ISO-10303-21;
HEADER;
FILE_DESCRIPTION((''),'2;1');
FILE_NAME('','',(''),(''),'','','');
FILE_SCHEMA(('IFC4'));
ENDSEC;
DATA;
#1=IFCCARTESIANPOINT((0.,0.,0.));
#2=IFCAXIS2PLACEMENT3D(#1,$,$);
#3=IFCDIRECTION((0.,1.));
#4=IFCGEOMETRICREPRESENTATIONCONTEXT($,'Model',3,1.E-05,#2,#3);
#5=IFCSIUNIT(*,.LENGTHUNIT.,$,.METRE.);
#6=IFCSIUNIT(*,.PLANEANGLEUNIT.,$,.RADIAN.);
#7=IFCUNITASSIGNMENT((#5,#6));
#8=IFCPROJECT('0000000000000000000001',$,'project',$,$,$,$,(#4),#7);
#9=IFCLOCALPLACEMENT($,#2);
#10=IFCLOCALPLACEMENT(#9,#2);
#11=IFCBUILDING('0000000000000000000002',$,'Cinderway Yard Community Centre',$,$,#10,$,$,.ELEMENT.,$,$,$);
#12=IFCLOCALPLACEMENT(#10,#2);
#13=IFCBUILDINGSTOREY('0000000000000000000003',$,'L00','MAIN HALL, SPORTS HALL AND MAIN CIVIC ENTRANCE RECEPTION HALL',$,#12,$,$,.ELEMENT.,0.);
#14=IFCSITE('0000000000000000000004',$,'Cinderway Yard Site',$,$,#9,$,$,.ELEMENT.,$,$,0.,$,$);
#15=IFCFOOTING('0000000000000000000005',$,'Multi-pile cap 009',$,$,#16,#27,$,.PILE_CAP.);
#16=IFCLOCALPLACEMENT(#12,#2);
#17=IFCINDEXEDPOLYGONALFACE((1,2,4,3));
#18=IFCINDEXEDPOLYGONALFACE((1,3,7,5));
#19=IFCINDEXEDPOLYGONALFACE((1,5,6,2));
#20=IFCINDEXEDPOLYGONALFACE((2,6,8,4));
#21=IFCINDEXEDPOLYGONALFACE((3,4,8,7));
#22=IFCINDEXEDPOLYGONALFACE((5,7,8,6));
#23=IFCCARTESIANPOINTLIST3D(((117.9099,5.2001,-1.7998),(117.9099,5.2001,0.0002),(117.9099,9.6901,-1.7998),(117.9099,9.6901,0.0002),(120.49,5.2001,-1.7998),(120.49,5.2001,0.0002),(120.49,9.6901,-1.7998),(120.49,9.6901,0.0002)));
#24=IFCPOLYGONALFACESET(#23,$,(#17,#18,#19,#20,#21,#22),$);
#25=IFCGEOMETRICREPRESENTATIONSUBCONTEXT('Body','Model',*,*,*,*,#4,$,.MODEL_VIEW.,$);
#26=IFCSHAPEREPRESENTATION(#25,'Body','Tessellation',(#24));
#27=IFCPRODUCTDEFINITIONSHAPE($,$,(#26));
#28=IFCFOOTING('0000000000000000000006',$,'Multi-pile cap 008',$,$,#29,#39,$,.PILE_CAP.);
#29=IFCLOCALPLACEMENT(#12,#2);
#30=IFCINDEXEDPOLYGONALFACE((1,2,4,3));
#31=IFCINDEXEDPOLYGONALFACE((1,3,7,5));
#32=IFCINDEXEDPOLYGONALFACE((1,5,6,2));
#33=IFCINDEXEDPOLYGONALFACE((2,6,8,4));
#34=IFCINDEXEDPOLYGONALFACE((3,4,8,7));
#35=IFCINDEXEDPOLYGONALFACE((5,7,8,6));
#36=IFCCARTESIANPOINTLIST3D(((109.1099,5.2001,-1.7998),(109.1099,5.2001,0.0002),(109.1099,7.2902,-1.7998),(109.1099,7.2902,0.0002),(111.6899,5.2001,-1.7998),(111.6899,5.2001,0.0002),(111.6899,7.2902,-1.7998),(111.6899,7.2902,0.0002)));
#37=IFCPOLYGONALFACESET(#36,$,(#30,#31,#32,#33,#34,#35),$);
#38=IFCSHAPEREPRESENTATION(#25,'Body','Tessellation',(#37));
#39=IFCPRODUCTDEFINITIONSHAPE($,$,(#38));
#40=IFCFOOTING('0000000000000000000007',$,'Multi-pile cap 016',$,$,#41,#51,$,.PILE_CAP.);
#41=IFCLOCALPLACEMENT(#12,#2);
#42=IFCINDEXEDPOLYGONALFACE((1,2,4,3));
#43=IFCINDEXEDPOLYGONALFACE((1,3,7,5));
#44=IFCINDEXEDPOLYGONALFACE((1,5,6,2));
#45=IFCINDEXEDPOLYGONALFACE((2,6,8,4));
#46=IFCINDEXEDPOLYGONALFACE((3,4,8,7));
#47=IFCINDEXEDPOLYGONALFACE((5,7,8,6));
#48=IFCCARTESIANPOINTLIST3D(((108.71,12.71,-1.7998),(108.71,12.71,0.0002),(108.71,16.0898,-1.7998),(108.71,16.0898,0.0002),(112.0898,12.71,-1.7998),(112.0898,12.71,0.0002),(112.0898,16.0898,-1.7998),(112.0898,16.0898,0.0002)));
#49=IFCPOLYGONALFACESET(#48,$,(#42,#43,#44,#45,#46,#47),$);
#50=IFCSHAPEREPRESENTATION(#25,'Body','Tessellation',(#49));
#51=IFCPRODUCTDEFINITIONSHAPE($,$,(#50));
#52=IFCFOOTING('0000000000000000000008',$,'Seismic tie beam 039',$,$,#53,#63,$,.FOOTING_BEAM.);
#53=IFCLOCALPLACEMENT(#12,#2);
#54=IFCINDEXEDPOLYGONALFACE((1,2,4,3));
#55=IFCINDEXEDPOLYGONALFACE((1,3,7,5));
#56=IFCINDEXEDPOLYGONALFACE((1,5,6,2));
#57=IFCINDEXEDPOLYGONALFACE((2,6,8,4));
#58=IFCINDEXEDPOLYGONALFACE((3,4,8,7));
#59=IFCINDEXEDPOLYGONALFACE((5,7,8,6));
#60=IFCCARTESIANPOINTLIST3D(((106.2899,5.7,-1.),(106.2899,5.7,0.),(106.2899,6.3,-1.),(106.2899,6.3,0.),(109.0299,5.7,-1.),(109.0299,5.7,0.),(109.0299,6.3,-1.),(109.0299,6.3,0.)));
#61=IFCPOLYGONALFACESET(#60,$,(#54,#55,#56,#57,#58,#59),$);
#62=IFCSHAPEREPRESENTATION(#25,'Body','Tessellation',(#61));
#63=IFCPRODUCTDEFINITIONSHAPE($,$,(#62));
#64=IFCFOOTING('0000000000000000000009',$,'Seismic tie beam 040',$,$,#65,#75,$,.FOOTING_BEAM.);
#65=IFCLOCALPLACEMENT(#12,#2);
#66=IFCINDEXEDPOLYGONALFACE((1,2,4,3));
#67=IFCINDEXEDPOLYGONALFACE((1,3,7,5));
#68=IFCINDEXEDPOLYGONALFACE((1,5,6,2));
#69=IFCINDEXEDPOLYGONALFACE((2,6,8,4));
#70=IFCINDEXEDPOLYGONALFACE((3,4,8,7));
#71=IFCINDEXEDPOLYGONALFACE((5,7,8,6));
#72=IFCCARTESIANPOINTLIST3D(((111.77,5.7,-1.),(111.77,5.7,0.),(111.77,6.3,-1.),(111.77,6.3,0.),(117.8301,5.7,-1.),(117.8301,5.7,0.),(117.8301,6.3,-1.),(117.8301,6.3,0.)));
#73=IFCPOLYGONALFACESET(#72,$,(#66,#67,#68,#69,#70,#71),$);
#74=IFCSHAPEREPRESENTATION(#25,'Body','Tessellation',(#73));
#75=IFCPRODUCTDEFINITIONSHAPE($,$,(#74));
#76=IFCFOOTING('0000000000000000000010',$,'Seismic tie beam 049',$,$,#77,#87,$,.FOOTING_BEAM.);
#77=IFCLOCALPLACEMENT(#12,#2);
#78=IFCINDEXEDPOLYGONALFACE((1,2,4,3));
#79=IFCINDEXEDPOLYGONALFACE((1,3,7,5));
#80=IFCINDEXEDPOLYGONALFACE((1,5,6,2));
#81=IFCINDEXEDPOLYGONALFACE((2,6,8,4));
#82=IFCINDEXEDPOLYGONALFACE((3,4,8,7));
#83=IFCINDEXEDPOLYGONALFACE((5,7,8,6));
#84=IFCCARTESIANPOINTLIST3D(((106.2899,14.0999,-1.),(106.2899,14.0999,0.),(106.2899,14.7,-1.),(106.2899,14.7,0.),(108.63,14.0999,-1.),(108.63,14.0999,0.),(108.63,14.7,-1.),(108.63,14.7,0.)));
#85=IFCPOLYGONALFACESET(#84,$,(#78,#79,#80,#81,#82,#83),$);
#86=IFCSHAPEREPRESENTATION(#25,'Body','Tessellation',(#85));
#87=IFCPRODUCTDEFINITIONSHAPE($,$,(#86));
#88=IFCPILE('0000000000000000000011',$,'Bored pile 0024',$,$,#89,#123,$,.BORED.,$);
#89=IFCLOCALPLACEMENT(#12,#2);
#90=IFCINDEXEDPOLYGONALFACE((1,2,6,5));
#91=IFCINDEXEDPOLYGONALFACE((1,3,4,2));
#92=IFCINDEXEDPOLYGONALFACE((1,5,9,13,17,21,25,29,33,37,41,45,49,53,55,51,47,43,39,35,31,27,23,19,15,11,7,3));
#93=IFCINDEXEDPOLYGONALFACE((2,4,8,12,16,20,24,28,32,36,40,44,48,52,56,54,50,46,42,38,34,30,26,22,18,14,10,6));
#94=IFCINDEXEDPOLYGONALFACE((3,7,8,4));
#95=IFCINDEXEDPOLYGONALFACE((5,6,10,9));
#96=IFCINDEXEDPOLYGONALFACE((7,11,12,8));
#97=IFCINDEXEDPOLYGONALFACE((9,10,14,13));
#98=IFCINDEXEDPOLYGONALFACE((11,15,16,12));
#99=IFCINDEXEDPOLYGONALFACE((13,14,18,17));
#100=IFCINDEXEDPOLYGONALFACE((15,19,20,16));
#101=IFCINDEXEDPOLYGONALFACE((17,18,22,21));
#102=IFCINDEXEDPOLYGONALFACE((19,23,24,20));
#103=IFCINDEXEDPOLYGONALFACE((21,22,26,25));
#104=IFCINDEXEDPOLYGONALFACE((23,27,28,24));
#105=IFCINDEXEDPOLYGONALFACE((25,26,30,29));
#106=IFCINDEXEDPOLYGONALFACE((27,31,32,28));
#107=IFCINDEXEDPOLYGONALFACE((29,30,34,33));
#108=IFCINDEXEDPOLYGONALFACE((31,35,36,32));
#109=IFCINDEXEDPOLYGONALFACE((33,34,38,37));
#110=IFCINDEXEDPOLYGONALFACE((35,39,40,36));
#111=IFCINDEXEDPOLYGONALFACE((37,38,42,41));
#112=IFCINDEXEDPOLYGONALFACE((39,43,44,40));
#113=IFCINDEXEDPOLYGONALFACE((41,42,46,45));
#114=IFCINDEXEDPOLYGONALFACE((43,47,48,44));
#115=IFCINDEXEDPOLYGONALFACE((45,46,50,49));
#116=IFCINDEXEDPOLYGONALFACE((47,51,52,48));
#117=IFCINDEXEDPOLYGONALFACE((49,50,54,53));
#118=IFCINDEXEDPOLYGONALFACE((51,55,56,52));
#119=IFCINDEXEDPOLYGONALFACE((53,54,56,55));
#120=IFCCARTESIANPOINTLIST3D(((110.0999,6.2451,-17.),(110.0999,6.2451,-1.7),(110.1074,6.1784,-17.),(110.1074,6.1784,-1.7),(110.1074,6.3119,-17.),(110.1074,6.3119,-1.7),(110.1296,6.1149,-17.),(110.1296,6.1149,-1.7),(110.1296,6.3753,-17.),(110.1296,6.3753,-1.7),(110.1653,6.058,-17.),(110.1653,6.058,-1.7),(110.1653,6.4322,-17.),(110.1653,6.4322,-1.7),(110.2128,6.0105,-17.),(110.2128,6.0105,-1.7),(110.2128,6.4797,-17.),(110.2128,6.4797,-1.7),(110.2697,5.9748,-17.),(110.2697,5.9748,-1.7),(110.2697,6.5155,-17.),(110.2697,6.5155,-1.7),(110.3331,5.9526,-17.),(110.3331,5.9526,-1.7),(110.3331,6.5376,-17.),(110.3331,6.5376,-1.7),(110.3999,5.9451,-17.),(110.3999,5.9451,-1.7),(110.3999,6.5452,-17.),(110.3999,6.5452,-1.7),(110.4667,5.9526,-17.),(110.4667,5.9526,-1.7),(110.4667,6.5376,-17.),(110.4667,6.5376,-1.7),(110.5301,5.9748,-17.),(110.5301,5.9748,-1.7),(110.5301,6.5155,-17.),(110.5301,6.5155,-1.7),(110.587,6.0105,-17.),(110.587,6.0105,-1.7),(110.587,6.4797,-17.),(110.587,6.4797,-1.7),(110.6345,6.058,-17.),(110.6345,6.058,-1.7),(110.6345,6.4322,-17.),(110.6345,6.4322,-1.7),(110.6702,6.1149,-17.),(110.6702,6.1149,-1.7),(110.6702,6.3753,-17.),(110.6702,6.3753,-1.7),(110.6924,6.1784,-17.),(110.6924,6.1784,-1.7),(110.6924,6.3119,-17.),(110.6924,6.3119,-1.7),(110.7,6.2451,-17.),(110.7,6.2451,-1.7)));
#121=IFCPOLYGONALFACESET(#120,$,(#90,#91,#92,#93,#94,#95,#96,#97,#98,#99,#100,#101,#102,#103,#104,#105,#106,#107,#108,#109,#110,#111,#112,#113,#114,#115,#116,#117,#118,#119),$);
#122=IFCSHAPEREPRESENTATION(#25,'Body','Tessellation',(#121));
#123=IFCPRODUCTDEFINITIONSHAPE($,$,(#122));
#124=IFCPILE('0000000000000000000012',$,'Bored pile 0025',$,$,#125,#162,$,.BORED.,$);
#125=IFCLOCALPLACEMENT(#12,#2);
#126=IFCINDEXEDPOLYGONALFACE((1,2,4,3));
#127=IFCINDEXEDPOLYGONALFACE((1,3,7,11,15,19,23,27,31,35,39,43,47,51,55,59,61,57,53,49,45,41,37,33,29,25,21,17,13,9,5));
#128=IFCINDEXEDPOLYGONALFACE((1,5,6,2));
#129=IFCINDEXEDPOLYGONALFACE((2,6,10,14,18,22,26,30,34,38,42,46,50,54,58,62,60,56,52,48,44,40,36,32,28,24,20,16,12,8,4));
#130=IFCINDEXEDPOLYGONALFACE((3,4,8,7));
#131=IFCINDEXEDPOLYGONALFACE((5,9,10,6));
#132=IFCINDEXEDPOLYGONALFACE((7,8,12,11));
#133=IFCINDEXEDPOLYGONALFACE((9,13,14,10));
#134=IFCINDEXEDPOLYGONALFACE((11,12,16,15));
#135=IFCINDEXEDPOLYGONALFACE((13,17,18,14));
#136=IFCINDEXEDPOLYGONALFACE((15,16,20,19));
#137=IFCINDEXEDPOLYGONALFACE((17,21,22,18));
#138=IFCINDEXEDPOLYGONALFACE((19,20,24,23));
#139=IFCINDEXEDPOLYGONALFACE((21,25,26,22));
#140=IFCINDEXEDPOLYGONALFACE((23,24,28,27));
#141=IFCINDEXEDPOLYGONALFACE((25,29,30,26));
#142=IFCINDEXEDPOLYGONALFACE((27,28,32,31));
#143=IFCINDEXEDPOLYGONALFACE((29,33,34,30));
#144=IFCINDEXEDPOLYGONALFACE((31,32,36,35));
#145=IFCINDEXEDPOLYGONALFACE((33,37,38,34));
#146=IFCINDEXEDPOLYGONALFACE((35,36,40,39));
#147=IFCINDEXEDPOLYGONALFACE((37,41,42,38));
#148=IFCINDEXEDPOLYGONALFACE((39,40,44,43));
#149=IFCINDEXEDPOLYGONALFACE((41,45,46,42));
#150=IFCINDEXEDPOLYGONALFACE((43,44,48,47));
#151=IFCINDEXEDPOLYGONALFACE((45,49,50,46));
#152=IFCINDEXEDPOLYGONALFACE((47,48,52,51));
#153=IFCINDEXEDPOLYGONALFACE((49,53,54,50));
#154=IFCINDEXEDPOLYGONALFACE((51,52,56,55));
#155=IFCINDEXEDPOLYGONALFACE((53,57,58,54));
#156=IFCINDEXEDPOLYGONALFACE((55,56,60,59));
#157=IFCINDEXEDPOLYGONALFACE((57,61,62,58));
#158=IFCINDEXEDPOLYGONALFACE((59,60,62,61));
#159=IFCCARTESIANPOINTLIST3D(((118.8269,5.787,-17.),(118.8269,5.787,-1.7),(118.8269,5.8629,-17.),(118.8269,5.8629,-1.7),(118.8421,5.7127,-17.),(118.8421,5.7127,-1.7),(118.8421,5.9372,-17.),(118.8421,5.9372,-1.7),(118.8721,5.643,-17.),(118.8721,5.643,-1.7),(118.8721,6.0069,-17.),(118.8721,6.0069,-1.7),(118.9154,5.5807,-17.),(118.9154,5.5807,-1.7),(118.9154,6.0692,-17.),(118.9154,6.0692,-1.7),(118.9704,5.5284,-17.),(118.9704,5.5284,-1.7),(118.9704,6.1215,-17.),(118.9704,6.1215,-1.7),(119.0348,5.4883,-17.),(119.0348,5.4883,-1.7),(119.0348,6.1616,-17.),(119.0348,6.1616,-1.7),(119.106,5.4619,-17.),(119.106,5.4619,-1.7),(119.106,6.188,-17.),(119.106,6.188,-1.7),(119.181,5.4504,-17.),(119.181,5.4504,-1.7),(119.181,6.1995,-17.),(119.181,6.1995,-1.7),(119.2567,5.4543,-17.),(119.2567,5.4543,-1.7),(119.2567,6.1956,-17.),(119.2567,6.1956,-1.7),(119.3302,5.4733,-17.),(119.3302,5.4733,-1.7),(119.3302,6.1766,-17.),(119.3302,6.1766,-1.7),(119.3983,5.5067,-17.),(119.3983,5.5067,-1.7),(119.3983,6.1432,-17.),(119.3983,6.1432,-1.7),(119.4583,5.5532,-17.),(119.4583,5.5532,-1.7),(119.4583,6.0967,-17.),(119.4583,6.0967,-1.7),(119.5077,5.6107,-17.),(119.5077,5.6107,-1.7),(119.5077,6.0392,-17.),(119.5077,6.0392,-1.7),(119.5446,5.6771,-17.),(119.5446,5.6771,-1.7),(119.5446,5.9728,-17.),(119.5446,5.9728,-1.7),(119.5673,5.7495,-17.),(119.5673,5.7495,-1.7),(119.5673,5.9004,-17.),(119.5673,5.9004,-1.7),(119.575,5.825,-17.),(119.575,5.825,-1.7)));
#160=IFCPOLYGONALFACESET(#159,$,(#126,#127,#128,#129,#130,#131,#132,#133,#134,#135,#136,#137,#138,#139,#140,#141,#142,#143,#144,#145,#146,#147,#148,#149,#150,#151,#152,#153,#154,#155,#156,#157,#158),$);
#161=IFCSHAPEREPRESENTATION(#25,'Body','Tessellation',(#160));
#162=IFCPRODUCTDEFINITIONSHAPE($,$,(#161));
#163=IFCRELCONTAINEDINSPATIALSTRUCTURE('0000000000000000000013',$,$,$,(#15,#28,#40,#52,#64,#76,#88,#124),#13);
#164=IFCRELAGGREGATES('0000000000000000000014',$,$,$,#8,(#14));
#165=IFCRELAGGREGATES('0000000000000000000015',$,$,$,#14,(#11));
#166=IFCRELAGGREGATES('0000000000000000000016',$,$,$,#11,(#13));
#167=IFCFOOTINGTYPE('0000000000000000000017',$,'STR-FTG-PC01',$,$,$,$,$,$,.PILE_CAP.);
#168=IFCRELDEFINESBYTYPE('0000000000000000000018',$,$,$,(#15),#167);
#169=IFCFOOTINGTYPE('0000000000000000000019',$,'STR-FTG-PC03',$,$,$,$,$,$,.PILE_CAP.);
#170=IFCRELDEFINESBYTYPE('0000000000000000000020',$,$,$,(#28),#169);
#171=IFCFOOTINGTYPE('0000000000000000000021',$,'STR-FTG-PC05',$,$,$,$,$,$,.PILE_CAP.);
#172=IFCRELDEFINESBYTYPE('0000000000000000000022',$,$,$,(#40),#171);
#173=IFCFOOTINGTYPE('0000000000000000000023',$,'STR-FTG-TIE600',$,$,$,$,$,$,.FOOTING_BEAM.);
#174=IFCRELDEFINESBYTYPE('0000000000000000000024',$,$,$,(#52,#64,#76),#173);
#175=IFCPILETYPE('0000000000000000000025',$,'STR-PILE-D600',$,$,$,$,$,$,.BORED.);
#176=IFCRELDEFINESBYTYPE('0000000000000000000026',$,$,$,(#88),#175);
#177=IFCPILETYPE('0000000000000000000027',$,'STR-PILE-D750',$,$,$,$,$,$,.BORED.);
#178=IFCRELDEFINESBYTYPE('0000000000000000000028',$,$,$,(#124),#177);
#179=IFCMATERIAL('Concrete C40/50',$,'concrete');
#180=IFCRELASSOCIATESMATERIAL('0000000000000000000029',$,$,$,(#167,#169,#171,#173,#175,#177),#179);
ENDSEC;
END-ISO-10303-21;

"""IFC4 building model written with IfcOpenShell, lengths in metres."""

from ifc_helpers import new_model, si_unit, direction, frame, origin, origin_2d, place, context, subcontext, project, spatial, rectangle, circle, extrude, material, material_profile, profile_set, type_object, element, save


model = new_model("IFC4")

# Units and contexts
model_context = context("Model", 3, precision=1e-05, world=origin(), true_north=direction((0.0, 1.0)))
body_context = subcontext(model_context, "Body", "Model", "MODEL_VIEW")
ifc_project = project(units=[si_unit("LENGTHUNIT", "METRE"), si_unit("PLANEANGLEUNIT", "RADIAN")], contexts=[model_context])

# Site, building, storey
site_placement = place(None, origin())
site = spatial("IfcSite", under=ifc_project, at=site_placement, Name="Cinderway Yard Site", CompositionType="ELEMENT", RefElevation=0.0)
building_placement = place(site_placement, origin())
building = spatial("IfcBuilding", under=site, at=building_placement, Name="Cinderway Yard Community Centre", CompositionType="ELEMENT")
storey_placement = place(building_placement, origin())
storey = spatial("IfcBuildingStorey", under=building, at=storey_placement, Name="L00", Description="MAIN HALL, SPORTS HALL AND MAIN CIVIC ENTRANCE RECEPTION HALL", CompositionType="ELEMENT", Elevation=0.0)

# Footings
ifc_material_1 = material(Name="Concrete C40/50", Category="concrete")
footing_type_1 = type_object("IfcFootingType", Name="STR-FTG-PC01", PredefinedType="PILE_CAP", material=ifc_material_1)
footing_1_placement = place(storey_placement, frame((119.2, 7.4451, -1.7998), z_axis=(0.0, 0.0, 1.0), x_axis=(1.0, 0.0, 0.0)))
element("IfcFooting", 1, at=footing_1_placement, inside=storey, type_object=footing_type_1, Name="Multi-pile cap 009", PredefinedType="PILE_CAP", context=body_context, shape_type="SweptSolid", body=[
    extrude(rectangle(XDim=2.5801, YDim=4.49, at=origin_2d()), origin(), (0.0, 0.0, 1.0), 1.8),
])
footing_type_2 = type_object("IfcFootingType", Name="STR-FTG-PC03", PredefinedType="PILE_CAP", material=ifc_material_1)
footing_2_placement = place(storey_placement, frame((110.3999, 6.2451, -1.7998), z_axis=(0.0, 0.0, 1.0), x_axis=(1.0, 0.0, 0.0)))
element("IfcFooting", 2, at=footing_2_placement, inside=storey, type_object=footing_type_2, Name="Multi-pile cap 008", PredefinedType="PILE_CAP", context=body_context, shape_type="SweptSolid", body=[
    extrude(rectangle(XDim=2.5801, YDim=2.0901, at=origin_2d()), origin(), (0.0, 0.0, 1.0), 1.8),
])
footing_type_3 = type_object("IfcFootingType", Name="STR-FTG-PC05", PredefinedType="PILE_CAP", material=ifc_material_1)
footing_3_placement = place(storey_placement, frame((110.3999, 14.3999, -1.7998), z_axis=(0.0, 0.0, 1.0), x_axis=(1.0, 0.0, 0.0)))
element("IfcFooting", 3, at=footing_3_placement, inside=storey, type_object=footing_type_3, Name="Multi-pile cap 016", PredefinedType="PILE_CAP", context=body_context, shape_type="SweptSolid", body=[
    extrude(rectangle(XDim=3.3799, YDim=3.3799, at=origin_2d()), origin(), (0.0, 0.0, 1.0), 1.8),
])
footing_type_4 = type_object("IfcFootingType", Name="STR-FTG-TIE600", PredefinedType="FOOTING_BEAM", material=ifc_material_1)
footing_4_placement = place(storey_placement, frame((107.6599, 6.0, -1.0), z_axis=(0.0, 0.0, 1.0), x_axis=(1.0, 0.0, 0.0)))
element("IfcFooting", 4, at=footing_4_placement, inside=storey, type_object=footing_type_4, Name="Seismic tie beam 039", PredefinedType="FOOTING_BEAM", context=body_context, shape_type="SweptSolid", body=[
    extrude(rectangle(XDim=2.74, YDim=0.6001, at=origin_2d()), origin(), (0.0, 0.0, 1.0), 1.0),
])
footing_5_placement = place(storey_placement, frame((114.8, 6.0, -1.0), z_axis=(0.0, 0.0, 1.0), x_axis=(1.0, 0.0, 0.0)))
element("IfcFooting", 5, at=footing_5_placement, inside=storey, type_object=footing_type_4, Name="Seismic tie beam 040", PredefinedType="FOOTING_BEAM", context=body_context, shape_type="SweptSolid", body=[
    extrude(rectangle(XDim=6.0601, YDim=0.6001, at=origin_2d()), origin(), (0.0, 0.0, 1.0), 1.0),
])
footing_6_placement = place(storey_placement, frame((107.46, 14.3999, -1.0), z_axis=(0.0, 0.0, 1.0), x_axis=(1.0, 0.0, 0.0)))
element("IfcFooting", 6, at=footing_6_placement, inside=storey, type_object=footing_type_4, Name="Seismic tie beam 049", PredefinedType="FOOTING_BEAM", context=body_context, shape_type="SweptSolid", body=[
    extrude(rectangle(XDim=2.3401, YDim=0.6001, at=origin_2d()), origin(), (0.0, 0.0, 1.0), 1.0),
])

# Piles
ifc_material_profile_1 = material_profile(ifc_material_1, circle(Radius=0.3, at=origin_2d()), Name="Concrete C40/50")
ifc_profile_set_1 = profile_set([ifc_material_profile_1], Name="Concrete C40/50")
pile_type_1 = type_object("IfcPileType", Name="STR-PILE-D600", PredefinedType="BORED", material=ifc_profile_set_1)
pile_placement = place(storey_placement, frame((110.3999, 6.2451, -1.7), z_axis=(0.0, 0.0, -1.0), x_axis=(1.0, 0.0, 0.0)))
element("IfcPile", 7, at=pile_placement, inside=storey, type_object=pile_type_1, Name="Bored pile 0024", PredefinedType="BORED", context=body_context, shape_type="SweptSolid", body=[
    extrude(circle(Radius=0.3, at=origin_2d()), origin(), (0.0, 0.0, 1.0), 15.3),
])
ifc_material_profile_2 = material_profile(ifc_material_1, circle(Radius=0.375, at=origin_2d()), Name="Concrete C40/50")
ifc_profile_set_2 = profile_set([ifc_material_profile_2], Name="Concrete C40/50")
pile_type_2 = type_object("IfcPileType", Name="STR-PILE-D750", PredefinedType="BORED", material=ifc_profile_set_2)
for number, where, z_axis, x_axis, name in (
    (8, (119.2, 5.825, -1.7), (0.0, 0.0, -1.0), (1.0, 0.0, 0.0), "Bored pile 0025"),
):
    element("IfcPile", number, at=place(storey_placement, frame(where, z_axis=z_axis, x_axis=x_axis)), inside=storey, type_object=pile_type_2, Name=name, PredefinedType="BORED", context=body_context, shape_type="SweptSolid", body=[
        extrude(circle(Radius=0.375, at=origin_2d()), origin(), (0.0, 0.0, 1.0), 15.3),
    ])

save(model, "model.ifc")
